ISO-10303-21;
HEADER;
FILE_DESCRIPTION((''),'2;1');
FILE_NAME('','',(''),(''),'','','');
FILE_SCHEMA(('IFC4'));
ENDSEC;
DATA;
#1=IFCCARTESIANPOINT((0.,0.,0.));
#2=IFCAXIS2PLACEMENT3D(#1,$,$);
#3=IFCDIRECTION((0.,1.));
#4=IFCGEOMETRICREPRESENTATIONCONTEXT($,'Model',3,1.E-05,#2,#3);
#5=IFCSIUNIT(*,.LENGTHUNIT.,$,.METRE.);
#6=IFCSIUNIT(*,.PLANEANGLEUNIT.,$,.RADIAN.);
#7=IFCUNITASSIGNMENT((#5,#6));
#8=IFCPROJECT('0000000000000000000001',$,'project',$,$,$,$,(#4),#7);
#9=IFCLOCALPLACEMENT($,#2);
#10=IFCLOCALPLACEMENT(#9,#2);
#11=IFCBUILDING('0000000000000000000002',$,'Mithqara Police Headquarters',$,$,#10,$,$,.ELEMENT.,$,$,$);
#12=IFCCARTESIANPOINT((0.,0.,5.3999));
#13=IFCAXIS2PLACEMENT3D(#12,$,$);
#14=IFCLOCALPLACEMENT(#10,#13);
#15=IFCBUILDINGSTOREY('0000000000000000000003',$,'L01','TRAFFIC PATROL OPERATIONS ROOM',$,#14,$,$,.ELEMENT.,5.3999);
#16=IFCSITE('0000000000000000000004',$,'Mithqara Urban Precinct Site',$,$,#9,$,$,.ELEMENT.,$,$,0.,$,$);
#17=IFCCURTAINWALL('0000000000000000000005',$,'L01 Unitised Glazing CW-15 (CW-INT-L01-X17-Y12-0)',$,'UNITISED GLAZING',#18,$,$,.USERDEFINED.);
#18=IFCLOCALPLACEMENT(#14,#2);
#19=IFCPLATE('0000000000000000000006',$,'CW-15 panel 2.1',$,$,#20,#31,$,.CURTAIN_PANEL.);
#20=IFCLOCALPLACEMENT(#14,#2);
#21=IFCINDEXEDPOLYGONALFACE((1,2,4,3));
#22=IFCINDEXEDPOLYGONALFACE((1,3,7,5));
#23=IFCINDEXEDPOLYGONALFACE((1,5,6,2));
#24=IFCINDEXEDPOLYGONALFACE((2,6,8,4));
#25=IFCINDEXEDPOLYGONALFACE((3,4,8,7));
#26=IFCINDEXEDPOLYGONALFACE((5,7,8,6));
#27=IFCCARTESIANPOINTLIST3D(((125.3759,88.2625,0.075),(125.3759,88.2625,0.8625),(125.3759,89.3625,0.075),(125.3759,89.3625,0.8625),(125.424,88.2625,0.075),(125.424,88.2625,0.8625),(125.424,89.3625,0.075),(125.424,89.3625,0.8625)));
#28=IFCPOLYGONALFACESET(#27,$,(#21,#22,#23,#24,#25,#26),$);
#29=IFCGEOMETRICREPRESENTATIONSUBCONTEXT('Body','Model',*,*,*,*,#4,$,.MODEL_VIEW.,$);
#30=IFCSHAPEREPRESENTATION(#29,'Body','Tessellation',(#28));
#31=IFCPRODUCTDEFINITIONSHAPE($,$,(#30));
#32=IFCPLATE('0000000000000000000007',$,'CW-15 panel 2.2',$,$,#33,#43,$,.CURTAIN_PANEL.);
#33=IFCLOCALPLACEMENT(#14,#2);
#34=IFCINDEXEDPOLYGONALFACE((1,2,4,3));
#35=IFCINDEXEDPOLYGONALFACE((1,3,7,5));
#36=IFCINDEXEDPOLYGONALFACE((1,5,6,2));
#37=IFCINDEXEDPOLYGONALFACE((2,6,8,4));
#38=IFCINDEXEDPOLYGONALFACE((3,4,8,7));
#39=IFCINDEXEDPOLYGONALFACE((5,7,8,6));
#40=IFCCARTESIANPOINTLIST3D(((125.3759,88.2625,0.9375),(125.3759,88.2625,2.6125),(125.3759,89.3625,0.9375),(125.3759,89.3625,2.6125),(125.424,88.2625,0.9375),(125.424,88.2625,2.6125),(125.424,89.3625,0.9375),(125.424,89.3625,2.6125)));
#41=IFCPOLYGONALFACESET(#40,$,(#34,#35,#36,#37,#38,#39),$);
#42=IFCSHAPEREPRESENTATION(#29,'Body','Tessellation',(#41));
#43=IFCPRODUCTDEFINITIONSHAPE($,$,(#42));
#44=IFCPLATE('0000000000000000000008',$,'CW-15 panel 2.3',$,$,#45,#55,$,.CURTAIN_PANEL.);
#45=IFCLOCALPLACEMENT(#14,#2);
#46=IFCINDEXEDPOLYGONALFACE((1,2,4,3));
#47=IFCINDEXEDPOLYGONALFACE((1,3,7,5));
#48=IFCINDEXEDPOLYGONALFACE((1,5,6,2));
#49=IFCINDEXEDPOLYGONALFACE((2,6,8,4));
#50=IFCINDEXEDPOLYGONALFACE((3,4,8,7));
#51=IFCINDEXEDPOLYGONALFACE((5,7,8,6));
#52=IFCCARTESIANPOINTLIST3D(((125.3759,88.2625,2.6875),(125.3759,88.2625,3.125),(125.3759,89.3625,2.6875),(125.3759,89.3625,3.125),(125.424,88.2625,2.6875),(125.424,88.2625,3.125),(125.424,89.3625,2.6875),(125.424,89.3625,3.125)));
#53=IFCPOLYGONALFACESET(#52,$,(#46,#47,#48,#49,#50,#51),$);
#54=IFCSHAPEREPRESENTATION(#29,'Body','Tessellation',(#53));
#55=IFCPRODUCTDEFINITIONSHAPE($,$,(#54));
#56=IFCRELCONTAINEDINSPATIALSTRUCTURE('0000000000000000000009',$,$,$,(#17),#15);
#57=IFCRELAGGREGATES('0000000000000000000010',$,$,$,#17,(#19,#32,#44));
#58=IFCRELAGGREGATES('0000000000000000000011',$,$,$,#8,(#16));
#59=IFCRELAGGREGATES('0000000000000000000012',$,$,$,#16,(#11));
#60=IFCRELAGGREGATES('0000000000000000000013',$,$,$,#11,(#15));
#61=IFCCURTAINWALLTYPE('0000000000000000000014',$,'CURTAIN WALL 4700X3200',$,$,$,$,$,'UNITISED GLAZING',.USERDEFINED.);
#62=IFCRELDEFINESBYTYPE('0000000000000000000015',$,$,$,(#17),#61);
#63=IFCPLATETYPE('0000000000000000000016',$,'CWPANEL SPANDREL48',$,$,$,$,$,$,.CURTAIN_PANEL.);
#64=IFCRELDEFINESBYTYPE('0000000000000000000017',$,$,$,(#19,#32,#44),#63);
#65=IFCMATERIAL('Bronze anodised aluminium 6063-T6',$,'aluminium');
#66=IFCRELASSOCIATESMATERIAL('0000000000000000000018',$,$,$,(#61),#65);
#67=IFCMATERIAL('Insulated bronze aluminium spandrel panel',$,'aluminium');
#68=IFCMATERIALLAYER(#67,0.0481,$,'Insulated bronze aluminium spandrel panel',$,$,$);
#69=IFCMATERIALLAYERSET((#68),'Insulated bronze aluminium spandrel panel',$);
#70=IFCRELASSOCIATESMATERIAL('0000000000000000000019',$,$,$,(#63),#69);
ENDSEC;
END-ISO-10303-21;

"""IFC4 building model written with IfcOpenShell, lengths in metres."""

from ifc_helpers import new_model, si_unit, direction, frame, origin, origin_2d, place, context, subcontext, project, spatial, rectangle, extrude, material, layer, layer_set, type_object, element, aggregate, save


model = new_model("IFC4")

# Units and contexts
model_context = context("Model", 3, precision=1e-05, world=origin(), true_north=direction((0.0, 1.0)))
body_context = subcontext(model_context, "Body", "Model", "MODEL_VIEW")
ifc_project = project(units=[si_unit("LENGTHUNIT", "METRE"), si_unit("PLANEANGLEUNIT", "RADIAN")], contexts=[model_context])

# Site, building, storey
site_placement = place(None, origin())
site = spatial("IfcSite", under=ifc_project, at=site_placement, Name="Mithqara Urban Precinct Site", CompositionType="ELEMENT", RefElevation=0.0)
building_placement = place(site_placement, origin())
building = spatial("IfcBuilding", under=site, at=building_placement, Name="Mithqara Police Headquarters", CompositionType="ELEMENT")
storey_placement = place(building_placement, frame((0.0, 0.0, 5.3999)))
storey = spatial("IfcBuildingStorey", under=building, at=storey_placement, Name="L01", Description="TRAFFIC PATROL OPERATIONS ROOM", CompositionType="ELEMENT", Elevation=5.3999)

# Curtain wall, plates
ifc_material_1 = material(Name="Bronze anodised aluminium 6063-T6", Category="aluminium")
curtain_wall_type = type_object("IfcCurtainWallType", Name="CURTAIN WALL 4700X3200", ElementType="UNITISED GLAZING", PredefinedType="USERDEFINED", material=ifc_material_1)
curtain_wall_placement = place(storey_placement, origin())
curtain_wall = element("IfcCurtainWall", 1, at=curtain_wall_placement, inside=storey, type_object=curtain_wall_type, Name="L01 Unitised Glazing CW-15 (CW-INT-L01-X17-Y12-0)", ObjectType="UNITISED GLAZING", PredefinedType="USERDEFINED")
ifc_material_2 = material(Name="Insulated bronze aluminium spandrel panel", Category="aluminium")
ifc_layer = layer(ifc_material_2, 0.0481, Name="Insulated bronze aluminium spandrel panel")
ifc_layer_set = layer_set([ifc_layer], Name="Insulated bronze aluminium spandrel panel")
plate_type = type_object("IfcPlateType", Name="CWPANEL SPANDREL48", PredefinedType="CURTAIN_PANEL", material=ifc_layer_set)
plate_1_placement = place(storey_placement, frame((125.3999, 88.8125, 0.075), z_axis=(0.0, 0.0, 1.0), x_axis=(0.0, 1.0, 0.0)))
plate_1 = element("IfcPlate", 2, at=plate_1_placement, type_object=plate_type, Name="CW-15 panel 2.1", PredefinedType="CURTAIN_PANEL", context=body_context, shape_type="SweptSolid", body=[
    extrude(rectangle(XDim=1.1001, YDim=0.0481, at=origin_2d()), origin(), (0.0, 0.0, 1.0), 0.7876),
])
plate_2_placement = place(storey_placement, frame((125.3999, 88.8125, 0.9375), z_axis=(0.0, 0.0, 1.0), x_axis=(0.0, 1.0, 0.0)))
plate_2 = element("IfcPlate", 3, at=plate_2_placement, type_object=plate_type, Name="CW-15 panel 2.2", PredefinedType="CURTAIN_PANEL", context=body_context, shape_type="SweptSolid", body=[
    extrude(rectangle(XDim=1.1001, YDim=0.0481, at=origin_2d()), origin(), (0.0, 0.0, 1.0), 1.675),
])
plate_3_placement = place(storey_placement, frame((125.3999, 88.8125, 2.6875), z_axis=(0.0, 0.0, 1.0), x_axis=(0.0, 1.0, 0.0)))
plate_3 = element("IfcPlate", 4, at=plate_3_placement, type_object=plate_type, Name="CW-15 panel 2.3", PredefinedType="CURTAIN_PANEL", context=body_context, shape_type="SweptSolid", body=[
    extrude(rectangle(XDim=1.1001, YDim=0.0481, at=origin_2d()), origin(), (0.0, 0.0, 1.0), 0.4375),
])
aggregate(curtain_wall, [plate_1, plate_2, plate_3])

save(model, "model.ifc")
